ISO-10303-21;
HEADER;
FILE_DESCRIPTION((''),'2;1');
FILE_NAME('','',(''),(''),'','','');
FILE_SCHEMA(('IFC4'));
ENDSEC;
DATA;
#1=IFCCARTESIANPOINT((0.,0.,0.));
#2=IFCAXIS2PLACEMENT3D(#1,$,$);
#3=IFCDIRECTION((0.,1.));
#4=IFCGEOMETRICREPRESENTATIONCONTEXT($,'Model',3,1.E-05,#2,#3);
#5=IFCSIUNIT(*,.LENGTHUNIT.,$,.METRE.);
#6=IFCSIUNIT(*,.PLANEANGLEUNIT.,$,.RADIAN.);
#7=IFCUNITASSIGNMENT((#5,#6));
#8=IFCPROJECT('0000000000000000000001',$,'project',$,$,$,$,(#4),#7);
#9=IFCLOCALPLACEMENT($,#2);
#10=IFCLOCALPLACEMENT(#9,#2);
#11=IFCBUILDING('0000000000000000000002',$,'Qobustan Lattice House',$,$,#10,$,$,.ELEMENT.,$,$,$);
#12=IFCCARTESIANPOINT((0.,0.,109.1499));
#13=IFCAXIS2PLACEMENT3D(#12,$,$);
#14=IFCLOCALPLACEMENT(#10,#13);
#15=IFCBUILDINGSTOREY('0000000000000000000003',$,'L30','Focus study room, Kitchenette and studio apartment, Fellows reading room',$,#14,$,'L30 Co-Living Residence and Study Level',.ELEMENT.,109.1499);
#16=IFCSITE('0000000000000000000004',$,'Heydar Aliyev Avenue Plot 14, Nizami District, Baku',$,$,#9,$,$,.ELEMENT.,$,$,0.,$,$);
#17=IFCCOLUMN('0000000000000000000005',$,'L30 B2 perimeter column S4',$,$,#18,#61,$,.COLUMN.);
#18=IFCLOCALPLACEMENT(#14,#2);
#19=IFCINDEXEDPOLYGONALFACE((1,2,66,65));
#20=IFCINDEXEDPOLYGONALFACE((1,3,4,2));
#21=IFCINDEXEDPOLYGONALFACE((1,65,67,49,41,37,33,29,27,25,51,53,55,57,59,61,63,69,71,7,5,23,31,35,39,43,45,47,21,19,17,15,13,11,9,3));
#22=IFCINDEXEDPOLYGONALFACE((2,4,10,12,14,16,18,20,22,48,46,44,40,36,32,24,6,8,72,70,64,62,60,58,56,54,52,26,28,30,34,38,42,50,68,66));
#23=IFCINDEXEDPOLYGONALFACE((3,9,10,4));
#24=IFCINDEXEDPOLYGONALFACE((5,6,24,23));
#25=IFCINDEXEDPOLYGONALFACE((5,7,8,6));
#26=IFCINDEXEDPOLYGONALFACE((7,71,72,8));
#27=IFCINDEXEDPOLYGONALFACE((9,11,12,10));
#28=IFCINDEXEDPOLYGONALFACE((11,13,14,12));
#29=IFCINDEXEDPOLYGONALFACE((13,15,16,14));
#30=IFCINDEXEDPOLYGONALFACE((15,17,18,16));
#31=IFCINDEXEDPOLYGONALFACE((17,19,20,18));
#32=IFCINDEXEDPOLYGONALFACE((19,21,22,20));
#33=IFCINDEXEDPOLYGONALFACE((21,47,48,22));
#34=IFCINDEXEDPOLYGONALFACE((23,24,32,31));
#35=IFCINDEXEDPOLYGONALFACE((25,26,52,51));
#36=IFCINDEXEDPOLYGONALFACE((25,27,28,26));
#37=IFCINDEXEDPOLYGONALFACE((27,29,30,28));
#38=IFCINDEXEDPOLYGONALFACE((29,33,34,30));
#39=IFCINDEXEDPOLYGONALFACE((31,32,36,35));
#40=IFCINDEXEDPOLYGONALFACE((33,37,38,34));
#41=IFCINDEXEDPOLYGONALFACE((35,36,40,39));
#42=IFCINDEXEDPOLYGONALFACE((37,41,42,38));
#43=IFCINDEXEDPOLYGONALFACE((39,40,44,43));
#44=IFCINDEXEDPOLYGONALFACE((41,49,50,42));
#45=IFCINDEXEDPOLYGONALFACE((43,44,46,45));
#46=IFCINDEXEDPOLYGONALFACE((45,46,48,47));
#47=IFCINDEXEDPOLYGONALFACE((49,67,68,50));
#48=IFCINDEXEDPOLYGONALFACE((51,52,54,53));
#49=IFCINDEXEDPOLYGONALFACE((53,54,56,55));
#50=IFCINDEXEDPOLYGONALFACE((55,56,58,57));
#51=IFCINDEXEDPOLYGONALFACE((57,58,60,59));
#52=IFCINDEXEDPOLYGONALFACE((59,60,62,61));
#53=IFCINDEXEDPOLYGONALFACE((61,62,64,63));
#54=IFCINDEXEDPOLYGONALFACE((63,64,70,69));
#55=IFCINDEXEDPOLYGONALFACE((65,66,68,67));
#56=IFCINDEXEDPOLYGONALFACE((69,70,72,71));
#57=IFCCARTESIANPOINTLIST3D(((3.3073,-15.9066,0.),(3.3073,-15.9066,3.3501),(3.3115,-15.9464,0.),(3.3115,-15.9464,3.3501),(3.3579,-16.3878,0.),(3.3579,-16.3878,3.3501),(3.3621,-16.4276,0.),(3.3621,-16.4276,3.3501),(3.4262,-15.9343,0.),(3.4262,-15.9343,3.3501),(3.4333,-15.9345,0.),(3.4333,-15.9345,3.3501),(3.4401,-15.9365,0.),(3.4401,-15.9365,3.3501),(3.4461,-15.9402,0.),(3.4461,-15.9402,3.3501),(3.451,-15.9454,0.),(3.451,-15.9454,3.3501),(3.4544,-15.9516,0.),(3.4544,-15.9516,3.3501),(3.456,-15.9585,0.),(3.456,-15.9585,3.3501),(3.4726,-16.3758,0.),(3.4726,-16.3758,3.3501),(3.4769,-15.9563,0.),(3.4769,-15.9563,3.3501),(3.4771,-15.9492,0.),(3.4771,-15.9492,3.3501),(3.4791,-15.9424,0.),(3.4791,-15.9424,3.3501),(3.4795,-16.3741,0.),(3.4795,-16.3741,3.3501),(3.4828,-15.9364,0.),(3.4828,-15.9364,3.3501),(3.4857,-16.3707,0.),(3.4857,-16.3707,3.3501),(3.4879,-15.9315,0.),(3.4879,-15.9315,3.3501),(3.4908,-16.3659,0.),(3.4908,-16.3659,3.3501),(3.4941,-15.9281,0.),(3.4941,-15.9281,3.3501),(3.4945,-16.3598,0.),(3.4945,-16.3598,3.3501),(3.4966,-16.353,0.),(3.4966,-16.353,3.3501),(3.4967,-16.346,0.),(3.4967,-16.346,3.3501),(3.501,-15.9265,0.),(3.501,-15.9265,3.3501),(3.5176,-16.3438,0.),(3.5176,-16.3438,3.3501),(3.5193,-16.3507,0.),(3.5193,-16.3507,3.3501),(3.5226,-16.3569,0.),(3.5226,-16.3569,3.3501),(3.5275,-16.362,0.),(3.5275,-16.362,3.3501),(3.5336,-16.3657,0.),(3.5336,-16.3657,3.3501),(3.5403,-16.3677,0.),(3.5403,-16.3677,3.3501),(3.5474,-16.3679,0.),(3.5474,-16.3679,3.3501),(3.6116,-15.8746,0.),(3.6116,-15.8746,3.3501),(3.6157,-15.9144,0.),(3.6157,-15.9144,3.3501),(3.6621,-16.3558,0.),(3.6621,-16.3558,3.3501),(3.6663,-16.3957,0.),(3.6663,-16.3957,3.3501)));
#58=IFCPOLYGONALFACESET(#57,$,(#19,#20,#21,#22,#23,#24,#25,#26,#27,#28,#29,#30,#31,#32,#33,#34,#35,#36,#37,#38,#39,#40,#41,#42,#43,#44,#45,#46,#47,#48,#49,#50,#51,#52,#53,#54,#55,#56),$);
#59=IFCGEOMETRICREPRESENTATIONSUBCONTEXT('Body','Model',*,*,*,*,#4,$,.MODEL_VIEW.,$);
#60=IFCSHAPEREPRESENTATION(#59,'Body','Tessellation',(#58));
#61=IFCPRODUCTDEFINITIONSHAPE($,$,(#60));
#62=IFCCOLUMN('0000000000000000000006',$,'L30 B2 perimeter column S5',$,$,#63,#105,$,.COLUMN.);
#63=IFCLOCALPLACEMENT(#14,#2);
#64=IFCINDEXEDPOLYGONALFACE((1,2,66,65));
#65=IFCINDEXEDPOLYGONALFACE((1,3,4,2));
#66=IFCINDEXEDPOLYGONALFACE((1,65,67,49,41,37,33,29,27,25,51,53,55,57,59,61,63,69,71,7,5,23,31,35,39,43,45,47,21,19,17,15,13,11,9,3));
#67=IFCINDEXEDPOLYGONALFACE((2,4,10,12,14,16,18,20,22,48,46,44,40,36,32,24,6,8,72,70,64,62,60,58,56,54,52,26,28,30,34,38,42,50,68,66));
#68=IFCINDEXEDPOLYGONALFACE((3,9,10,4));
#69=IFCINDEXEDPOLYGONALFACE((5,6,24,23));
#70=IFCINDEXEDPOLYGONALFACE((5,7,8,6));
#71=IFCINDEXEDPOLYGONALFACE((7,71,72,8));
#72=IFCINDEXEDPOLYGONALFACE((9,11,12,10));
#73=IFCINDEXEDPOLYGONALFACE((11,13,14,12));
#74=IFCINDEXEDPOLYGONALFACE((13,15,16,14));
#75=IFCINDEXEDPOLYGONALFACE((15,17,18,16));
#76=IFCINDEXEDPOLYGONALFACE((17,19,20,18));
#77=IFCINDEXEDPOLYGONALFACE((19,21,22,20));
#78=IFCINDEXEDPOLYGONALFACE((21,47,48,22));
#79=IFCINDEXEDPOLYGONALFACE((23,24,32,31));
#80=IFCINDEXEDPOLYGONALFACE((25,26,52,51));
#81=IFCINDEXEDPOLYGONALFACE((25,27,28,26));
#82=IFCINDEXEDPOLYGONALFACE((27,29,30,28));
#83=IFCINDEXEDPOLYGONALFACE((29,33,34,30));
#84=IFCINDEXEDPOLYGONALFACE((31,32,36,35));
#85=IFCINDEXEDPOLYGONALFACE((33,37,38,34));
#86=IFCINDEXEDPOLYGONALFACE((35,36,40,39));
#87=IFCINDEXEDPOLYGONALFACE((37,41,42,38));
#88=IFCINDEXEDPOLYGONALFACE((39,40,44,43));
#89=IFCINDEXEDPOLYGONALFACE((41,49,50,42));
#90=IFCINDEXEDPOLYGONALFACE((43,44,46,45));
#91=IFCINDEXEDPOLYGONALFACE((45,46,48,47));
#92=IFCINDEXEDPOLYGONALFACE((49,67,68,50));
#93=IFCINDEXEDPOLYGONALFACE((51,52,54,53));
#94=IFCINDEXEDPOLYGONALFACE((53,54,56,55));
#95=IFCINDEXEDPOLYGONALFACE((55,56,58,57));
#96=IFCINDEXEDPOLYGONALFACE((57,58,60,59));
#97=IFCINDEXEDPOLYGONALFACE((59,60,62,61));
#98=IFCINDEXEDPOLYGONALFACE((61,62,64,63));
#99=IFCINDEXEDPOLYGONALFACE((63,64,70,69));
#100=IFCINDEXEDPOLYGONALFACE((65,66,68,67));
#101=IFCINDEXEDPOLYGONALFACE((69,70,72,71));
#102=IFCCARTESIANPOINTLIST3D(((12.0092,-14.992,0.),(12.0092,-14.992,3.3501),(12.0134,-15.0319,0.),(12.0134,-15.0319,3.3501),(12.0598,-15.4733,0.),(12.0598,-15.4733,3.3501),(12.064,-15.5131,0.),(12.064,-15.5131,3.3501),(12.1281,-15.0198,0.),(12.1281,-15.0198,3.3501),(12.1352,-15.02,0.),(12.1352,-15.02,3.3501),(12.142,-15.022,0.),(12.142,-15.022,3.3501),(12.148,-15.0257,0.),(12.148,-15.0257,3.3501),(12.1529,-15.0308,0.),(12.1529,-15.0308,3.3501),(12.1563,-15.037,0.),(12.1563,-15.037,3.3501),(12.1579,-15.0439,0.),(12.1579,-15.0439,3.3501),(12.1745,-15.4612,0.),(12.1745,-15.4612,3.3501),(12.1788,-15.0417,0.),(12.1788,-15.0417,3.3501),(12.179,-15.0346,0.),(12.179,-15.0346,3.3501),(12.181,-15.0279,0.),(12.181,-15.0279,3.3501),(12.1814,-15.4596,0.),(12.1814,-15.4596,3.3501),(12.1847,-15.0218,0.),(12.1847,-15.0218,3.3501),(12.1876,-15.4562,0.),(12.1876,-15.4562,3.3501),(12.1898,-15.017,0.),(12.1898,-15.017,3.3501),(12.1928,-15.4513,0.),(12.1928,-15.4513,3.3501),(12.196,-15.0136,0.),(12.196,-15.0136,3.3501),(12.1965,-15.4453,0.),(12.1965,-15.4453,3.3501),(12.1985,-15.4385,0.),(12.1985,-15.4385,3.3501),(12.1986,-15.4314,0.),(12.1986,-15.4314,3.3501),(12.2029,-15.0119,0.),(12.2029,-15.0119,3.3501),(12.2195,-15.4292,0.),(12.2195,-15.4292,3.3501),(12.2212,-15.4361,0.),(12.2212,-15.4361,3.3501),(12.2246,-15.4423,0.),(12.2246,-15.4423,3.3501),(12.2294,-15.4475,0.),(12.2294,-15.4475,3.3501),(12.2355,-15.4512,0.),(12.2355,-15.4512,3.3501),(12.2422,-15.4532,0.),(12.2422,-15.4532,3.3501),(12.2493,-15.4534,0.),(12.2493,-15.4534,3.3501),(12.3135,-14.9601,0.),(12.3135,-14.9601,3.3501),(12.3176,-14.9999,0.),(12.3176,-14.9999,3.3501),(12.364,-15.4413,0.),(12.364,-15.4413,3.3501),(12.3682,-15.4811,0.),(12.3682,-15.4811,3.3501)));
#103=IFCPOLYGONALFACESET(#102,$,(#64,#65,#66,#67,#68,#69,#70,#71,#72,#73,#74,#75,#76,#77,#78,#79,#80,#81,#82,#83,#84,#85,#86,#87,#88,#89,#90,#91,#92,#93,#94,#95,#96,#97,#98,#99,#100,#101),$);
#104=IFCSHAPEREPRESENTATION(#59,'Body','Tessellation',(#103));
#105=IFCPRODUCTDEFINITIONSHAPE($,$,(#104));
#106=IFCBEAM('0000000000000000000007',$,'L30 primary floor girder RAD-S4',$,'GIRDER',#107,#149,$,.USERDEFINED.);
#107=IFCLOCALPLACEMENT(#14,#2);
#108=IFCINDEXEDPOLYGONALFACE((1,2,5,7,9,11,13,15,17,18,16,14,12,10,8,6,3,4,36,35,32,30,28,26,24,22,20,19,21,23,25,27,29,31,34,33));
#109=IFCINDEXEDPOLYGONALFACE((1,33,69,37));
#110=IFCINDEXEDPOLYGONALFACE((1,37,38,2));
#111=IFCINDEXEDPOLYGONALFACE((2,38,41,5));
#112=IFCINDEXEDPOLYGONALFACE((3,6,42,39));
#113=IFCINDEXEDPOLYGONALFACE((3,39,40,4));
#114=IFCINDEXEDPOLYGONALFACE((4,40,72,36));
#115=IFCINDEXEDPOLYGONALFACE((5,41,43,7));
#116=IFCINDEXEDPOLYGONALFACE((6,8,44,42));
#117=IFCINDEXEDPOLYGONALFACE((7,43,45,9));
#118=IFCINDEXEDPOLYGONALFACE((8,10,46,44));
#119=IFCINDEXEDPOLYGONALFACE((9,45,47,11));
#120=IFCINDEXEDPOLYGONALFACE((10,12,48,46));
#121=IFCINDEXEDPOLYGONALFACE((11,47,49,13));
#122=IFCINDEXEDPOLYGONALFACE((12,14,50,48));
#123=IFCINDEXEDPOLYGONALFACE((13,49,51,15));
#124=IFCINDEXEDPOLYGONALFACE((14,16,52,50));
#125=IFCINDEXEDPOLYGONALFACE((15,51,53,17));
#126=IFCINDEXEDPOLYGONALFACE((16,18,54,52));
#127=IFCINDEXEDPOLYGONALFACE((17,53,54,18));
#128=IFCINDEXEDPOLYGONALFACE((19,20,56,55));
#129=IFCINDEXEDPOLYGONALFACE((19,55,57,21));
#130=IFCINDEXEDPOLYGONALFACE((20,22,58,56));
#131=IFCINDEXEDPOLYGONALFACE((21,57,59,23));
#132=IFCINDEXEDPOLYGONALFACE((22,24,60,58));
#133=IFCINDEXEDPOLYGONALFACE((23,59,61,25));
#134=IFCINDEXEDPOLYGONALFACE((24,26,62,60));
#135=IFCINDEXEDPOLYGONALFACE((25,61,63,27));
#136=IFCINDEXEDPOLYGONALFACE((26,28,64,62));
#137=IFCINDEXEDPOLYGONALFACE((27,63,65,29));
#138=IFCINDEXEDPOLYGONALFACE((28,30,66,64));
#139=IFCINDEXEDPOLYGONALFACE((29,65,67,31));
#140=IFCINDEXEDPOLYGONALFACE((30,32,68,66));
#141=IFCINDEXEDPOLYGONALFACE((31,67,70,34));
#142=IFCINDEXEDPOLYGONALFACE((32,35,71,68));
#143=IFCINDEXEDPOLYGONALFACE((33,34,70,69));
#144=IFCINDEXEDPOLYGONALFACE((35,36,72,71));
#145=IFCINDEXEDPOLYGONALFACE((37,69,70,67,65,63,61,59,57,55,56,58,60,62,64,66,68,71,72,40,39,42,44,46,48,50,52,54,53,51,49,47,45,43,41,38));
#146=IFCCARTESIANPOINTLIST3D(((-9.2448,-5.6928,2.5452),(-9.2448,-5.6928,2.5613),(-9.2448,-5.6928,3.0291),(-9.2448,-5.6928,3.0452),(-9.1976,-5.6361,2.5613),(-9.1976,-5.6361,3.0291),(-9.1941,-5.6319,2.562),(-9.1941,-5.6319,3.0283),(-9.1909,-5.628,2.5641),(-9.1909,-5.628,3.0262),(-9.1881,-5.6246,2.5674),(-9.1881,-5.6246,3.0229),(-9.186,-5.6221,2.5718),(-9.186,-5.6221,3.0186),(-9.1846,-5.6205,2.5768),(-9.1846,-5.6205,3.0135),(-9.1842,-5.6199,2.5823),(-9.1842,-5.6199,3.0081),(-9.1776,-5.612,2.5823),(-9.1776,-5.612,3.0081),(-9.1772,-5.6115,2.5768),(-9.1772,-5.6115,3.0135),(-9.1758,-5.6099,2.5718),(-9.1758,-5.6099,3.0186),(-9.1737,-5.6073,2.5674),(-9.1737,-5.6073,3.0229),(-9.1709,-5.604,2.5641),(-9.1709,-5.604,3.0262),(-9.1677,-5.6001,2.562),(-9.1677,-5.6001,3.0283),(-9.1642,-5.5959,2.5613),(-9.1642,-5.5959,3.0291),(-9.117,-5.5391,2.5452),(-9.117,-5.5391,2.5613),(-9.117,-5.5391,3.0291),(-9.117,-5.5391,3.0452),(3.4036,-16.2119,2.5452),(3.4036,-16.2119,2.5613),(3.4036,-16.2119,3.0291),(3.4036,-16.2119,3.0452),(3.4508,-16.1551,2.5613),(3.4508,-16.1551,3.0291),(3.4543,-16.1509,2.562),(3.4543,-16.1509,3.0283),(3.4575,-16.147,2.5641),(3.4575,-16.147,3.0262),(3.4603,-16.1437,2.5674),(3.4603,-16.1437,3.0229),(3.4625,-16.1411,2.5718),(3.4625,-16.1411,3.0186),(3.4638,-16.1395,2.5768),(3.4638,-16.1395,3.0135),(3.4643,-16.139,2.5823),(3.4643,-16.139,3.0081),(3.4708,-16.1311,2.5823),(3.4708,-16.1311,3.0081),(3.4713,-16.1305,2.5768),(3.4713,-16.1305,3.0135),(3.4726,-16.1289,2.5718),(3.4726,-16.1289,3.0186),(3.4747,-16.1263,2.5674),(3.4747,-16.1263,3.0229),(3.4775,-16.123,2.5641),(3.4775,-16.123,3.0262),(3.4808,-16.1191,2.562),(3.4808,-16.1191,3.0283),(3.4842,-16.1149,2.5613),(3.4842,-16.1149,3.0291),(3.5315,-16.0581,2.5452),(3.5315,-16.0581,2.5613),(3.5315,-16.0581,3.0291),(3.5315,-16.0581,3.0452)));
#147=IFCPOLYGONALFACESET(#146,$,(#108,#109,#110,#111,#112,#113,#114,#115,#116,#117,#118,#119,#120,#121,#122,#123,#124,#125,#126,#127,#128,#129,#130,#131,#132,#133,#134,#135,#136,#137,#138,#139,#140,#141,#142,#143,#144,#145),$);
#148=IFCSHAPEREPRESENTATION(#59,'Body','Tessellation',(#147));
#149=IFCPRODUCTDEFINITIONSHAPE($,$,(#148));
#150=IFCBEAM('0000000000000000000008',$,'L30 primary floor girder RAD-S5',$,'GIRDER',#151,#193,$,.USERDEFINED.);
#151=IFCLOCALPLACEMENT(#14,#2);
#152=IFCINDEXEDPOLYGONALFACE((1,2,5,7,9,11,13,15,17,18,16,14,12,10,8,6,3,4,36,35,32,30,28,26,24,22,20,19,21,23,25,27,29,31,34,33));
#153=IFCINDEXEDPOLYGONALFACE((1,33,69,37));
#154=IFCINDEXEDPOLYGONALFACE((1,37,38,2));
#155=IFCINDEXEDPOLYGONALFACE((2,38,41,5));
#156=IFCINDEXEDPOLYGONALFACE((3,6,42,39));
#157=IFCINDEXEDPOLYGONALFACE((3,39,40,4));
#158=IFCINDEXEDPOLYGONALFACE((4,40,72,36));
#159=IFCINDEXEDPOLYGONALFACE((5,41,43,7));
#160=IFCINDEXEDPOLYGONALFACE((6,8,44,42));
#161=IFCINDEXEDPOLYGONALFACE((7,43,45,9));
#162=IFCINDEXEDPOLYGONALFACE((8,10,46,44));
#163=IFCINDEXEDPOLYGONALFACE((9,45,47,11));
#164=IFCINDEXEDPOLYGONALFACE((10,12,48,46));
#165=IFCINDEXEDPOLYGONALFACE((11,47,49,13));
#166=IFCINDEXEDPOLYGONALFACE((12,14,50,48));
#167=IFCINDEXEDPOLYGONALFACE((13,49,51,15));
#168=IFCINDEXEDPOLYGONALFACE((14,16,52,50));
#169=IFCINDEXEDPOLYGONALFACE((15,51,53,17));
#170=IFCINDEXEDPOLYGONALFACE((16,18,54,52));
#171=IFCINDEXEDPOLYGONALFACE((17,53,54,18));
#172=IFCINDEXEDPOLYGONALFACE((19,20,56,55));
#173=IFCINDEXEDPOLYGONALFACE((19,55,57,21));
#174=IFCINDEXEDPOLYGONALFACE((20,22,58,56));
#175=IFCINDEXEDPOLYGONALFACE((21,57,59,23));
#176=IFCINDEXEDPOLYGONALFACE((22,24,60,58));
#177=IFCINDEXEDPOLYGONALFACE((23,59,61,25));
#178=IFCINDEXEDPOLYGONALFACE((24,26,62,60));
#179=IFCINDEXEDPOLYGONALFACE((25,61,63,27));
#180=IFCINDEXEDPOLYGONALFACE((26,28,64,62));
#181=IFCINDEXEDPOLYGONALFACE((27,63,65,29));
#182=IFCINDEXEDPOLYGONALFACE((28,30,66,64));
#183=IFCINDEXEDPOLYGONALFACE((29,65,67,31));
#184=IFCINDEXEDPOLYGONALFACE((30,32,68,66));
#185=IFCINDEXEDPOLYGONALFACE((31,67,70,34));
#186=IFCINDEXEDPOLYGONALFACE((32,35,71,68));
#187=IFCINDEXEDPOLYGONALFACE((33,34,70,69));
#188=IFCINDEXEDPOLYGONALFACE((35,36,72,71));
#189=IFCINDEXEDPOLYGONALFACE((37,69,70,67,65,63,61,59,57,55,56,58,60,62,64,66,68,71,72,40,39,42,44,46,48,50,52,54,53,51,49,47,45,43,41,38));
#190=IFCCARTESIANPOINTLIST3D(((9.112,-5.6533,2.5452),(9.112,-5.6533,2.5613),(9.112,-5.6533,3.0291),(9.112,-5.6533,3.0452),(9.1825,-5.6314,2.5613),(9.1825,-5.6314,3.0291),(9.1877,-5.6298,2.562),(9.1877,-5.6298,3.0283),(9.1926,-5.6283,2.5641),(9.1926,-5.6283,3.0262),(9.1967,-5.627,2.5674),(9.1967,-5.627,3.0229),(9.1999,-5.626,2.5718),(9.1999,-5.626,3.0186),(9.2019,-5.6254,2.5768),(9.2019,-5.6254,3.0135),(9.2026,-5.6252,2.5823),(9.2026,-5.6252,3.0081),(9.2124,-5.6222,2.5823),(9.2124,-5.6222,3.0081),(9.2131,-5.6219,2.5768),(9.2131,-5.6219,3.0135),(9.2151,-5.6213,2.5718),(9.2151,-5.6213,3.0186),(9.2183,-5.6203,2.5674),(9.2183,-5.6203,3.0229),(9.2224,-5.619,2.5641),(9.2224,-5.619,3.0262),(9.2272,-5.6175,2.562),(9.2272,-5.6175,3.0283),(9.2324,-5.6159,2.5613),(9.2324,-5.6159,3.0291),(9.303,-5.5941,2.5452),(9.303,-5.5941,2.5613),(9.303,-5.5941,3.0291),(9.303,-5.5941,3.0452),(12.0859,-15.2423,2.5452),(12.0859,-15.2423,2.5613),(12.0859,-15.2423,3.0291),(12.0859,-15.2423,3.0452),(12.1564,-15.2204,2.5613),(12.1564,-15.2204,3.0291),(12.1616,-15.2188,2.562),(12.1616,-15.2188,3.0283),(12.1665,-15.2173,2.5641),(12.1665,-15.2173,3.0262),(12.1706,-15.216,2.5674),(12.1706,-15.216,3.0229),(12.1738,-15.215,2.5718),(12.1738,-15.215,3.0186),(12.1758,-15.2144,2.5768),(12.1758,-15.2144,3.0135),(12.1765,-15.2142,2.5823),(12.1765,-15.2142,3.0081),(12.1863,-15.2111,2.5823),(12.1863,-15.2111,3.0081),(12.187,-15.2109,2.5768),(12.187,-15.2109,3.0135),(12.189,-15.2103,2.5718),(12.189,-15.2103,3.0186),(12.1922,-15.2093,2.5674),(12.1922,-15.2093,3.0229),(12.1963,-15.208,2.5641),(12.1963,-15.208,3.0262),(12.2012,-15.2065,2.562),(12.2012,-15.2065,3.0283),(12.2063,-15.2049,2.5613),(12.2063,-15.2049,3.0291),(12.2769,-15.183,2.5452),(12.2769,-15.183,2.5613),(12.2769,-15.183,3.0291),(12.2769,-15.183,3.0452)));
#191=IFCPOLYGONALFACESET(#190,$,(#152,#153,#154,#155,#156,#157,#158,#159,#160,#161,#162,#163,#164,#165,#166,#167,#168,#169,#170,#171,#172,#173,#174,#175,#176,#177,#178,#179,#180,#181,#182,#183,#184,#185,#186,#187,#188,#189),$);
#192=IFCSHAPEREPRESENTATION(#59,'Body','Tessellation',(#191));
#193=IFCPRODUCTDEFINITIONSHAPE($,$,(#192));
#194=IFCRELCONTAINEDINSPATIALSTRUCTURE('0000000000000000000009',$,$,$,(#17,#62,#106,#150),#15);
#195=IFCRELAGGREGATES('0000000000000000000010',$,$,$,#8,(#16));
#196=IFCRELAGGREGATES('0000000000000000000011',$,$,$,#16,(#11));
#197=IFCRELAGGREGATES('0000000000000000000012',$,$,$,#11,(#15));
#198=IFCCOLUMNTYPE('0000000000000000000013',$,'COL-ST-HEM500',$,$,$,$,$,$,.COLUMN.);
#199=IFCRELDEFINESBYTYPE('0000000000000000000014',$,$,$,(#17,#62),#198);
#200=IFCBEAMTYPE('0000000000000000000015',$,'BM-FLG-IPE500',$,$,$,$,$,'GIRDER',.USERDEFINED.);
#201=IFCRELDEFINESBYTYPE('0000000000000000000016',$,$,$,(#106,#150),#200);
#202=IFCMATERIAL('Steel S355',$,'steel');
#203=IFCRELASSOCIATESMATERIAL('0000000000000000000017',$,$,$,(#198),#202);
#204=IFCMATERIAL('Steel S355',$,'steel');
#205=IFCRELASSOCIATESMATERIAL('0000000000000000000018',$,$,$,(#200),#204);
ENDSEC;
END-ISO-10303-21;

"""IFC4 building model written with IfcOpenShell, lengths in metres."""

from ifc_helpers import new_model, si_unit, direction, frame, origin, origin_2d, place, context, subcontext, project, spatial, i_section, extrude, material, material_profile, profile_set, type_object, element, save


model = new_model("IFC4")

# Units and contexts
model_context = context("Model", 3, precision=1e-05, world=origin(), true_north=direction((0.0, 1.0)))
body_context = subcontext(model_context, "Body", "Model", "MODEL_VIEW")
ifc_project = project(units=[si_unit("LENGTHUNIT", "METRE"), si_unit("PLANEANGLEUNIT", "RADIAN")], contexts=[model_context])

# Site, building, storey
site_placement = place(None, origin())
site = spatial("IfcSite", under=ifc_project, at=site_placement, Name="Heydar Aliyev Avenue Plot 14, Nizami District, Baku", CompositionType="ELEMENT", RefElevation=0.0)
building_placement = place(site_placement, origin())
building = spatial("IfcBuilding", under=site, at=building_placement, Name="Qobustan Lattice House", CompositionType="ELEMENT")
storey_placement = place(building_placement, frame((0.0, 0.0, 109.1499)))
storey = spatial("IfcBuildingStorey", under=building, at=storey_placement, Name="L30", Description="Focus study room, Kitchenette and studio apartment, Fellows reading room", LongName="L30 Co-Living Residence and Study Level", CompositionType="ELEMENT", Elevation=109.1499)

# Columns
ifc_material_1 = material(Name="Steel S355", Category="steel")
ifc_material_profile_1 = material_profile(ifc_material_1, i_section(OverallWidth=0.3059, OverallDepth=0.5239, WebThickness=0.021, FlangeThickness=0.04, FilletRadius=0.0271, at=origin_2d()), Name="HEM500")
ifc_profile_set_1 = profile_set([ifc_material_profile_1], Name="Steel S355")
column_type = type_object("IfcColumnType", Name="COL-ST-HEM500", PredefinedType="COLUMN", material=ifc_profile_set_1)
for number, where, z_axis, x_axis, name in (
    (1, (3.4868, -16.1511, 0.0), (0.0, 0.0, 1.0), (0.994522, 0.104528, 0.0), "L30 B2 perimeter column S4"),
    (2, (12.1887, -15.2366, 0.0), (0.0, 0.0, 1.0), (0.994522, 0.104528, 0.0), "L30 B2 perimeter column S5"),
):
    element("IfcColumn", number, at=place(storey_placement, frame(where, z_axis=z_axis, x_axis=x_axis)), inside=storey, type_object=column_type, Name=name, PredefinedType="COLUMN", context=body_context, shape_type="SweptSolid", body=[
        extrude(i_section(OverallWidth=0.3059, OverallDepth=0.5239, WebThickness=0.021, FlangeThickness=0.04, FilletRadius=0.0271, at=origin_2d()), origin(), (0.0, 0.0, 1.0), 3.3501),
    ])

# Beams
ifc_material_2 = material(Name="Steel S355", Category="steel")
ifc_material_profile_2 = material_profile(ifc_material_2, i_section(OverallWidth=0.2, OverallDepth=0.5, WebThickness=0.0103, FlangeThickness=0.0161, FilletRadius=0.021, at=origin_2d()), Name="IPE500")
ifc_profile_set_2 = profile_set([ifc_material_profile_2], Name="Steel S355")
beam_type_1 = type_object("IfcBeamType", Name="BM-FLG-IPE500", ElementType="GIRDER", PredefinedType="USERDEFINED", material=ifc_profile_set_2)
beam_1_placement = place(storey_placement, frame((3.4675, -16.135, 2.7952), z_axis=(-0.768858, 0.639419, 0.0), x_axis=(-0.639419, -0.768858, 0.0)))
element("IfcBeam", 3, at=beam_1_placement, inside=storey, type_object=beam_type_1, Name="L30 primary floor girder RAD-S4", ObjectType="GIRDER", PredefinedType="USERDEFINED", context=body_context, shape_type="SweptSolid", body=[
    extrude(i_section(OverallWidth=0.2, OverallDepth=0.5, WebThickness=0.0103, FlangeThickness=0.0161, FilletRadius=0.021, at=origin_2d()), origin(), (0.0, 0.0, 1.0), 16.4509),
])
beam_2_placement = place(storey_placement, frame((12.1814, -15.2126, 2.7952), z_axis=(-0.296219, 0.95512, 0.0), x_axis=(-0.95512, -0.296219, 0.0)))
element("IfcBeam", 4, at=beam_2_placement, inside=storey, type_object=beam_type_1, Name="L30 primary floor girder RAD-S5", ObjectType="GIRDER", PredefinedType="USERDEFINED", context=body_context, shape_type="SweptSolid", body=[
    extrude(i_section(OverallWidth=0.2, OverallDepth=0.5, WebThickness=0.0103, FlangeThickness=0.0161, FilletRadius=0.021, at=origin_2d()), origin(), (0.0, 0.0, 1.0), 10.0396),
])

save(model, "model.ifc")
